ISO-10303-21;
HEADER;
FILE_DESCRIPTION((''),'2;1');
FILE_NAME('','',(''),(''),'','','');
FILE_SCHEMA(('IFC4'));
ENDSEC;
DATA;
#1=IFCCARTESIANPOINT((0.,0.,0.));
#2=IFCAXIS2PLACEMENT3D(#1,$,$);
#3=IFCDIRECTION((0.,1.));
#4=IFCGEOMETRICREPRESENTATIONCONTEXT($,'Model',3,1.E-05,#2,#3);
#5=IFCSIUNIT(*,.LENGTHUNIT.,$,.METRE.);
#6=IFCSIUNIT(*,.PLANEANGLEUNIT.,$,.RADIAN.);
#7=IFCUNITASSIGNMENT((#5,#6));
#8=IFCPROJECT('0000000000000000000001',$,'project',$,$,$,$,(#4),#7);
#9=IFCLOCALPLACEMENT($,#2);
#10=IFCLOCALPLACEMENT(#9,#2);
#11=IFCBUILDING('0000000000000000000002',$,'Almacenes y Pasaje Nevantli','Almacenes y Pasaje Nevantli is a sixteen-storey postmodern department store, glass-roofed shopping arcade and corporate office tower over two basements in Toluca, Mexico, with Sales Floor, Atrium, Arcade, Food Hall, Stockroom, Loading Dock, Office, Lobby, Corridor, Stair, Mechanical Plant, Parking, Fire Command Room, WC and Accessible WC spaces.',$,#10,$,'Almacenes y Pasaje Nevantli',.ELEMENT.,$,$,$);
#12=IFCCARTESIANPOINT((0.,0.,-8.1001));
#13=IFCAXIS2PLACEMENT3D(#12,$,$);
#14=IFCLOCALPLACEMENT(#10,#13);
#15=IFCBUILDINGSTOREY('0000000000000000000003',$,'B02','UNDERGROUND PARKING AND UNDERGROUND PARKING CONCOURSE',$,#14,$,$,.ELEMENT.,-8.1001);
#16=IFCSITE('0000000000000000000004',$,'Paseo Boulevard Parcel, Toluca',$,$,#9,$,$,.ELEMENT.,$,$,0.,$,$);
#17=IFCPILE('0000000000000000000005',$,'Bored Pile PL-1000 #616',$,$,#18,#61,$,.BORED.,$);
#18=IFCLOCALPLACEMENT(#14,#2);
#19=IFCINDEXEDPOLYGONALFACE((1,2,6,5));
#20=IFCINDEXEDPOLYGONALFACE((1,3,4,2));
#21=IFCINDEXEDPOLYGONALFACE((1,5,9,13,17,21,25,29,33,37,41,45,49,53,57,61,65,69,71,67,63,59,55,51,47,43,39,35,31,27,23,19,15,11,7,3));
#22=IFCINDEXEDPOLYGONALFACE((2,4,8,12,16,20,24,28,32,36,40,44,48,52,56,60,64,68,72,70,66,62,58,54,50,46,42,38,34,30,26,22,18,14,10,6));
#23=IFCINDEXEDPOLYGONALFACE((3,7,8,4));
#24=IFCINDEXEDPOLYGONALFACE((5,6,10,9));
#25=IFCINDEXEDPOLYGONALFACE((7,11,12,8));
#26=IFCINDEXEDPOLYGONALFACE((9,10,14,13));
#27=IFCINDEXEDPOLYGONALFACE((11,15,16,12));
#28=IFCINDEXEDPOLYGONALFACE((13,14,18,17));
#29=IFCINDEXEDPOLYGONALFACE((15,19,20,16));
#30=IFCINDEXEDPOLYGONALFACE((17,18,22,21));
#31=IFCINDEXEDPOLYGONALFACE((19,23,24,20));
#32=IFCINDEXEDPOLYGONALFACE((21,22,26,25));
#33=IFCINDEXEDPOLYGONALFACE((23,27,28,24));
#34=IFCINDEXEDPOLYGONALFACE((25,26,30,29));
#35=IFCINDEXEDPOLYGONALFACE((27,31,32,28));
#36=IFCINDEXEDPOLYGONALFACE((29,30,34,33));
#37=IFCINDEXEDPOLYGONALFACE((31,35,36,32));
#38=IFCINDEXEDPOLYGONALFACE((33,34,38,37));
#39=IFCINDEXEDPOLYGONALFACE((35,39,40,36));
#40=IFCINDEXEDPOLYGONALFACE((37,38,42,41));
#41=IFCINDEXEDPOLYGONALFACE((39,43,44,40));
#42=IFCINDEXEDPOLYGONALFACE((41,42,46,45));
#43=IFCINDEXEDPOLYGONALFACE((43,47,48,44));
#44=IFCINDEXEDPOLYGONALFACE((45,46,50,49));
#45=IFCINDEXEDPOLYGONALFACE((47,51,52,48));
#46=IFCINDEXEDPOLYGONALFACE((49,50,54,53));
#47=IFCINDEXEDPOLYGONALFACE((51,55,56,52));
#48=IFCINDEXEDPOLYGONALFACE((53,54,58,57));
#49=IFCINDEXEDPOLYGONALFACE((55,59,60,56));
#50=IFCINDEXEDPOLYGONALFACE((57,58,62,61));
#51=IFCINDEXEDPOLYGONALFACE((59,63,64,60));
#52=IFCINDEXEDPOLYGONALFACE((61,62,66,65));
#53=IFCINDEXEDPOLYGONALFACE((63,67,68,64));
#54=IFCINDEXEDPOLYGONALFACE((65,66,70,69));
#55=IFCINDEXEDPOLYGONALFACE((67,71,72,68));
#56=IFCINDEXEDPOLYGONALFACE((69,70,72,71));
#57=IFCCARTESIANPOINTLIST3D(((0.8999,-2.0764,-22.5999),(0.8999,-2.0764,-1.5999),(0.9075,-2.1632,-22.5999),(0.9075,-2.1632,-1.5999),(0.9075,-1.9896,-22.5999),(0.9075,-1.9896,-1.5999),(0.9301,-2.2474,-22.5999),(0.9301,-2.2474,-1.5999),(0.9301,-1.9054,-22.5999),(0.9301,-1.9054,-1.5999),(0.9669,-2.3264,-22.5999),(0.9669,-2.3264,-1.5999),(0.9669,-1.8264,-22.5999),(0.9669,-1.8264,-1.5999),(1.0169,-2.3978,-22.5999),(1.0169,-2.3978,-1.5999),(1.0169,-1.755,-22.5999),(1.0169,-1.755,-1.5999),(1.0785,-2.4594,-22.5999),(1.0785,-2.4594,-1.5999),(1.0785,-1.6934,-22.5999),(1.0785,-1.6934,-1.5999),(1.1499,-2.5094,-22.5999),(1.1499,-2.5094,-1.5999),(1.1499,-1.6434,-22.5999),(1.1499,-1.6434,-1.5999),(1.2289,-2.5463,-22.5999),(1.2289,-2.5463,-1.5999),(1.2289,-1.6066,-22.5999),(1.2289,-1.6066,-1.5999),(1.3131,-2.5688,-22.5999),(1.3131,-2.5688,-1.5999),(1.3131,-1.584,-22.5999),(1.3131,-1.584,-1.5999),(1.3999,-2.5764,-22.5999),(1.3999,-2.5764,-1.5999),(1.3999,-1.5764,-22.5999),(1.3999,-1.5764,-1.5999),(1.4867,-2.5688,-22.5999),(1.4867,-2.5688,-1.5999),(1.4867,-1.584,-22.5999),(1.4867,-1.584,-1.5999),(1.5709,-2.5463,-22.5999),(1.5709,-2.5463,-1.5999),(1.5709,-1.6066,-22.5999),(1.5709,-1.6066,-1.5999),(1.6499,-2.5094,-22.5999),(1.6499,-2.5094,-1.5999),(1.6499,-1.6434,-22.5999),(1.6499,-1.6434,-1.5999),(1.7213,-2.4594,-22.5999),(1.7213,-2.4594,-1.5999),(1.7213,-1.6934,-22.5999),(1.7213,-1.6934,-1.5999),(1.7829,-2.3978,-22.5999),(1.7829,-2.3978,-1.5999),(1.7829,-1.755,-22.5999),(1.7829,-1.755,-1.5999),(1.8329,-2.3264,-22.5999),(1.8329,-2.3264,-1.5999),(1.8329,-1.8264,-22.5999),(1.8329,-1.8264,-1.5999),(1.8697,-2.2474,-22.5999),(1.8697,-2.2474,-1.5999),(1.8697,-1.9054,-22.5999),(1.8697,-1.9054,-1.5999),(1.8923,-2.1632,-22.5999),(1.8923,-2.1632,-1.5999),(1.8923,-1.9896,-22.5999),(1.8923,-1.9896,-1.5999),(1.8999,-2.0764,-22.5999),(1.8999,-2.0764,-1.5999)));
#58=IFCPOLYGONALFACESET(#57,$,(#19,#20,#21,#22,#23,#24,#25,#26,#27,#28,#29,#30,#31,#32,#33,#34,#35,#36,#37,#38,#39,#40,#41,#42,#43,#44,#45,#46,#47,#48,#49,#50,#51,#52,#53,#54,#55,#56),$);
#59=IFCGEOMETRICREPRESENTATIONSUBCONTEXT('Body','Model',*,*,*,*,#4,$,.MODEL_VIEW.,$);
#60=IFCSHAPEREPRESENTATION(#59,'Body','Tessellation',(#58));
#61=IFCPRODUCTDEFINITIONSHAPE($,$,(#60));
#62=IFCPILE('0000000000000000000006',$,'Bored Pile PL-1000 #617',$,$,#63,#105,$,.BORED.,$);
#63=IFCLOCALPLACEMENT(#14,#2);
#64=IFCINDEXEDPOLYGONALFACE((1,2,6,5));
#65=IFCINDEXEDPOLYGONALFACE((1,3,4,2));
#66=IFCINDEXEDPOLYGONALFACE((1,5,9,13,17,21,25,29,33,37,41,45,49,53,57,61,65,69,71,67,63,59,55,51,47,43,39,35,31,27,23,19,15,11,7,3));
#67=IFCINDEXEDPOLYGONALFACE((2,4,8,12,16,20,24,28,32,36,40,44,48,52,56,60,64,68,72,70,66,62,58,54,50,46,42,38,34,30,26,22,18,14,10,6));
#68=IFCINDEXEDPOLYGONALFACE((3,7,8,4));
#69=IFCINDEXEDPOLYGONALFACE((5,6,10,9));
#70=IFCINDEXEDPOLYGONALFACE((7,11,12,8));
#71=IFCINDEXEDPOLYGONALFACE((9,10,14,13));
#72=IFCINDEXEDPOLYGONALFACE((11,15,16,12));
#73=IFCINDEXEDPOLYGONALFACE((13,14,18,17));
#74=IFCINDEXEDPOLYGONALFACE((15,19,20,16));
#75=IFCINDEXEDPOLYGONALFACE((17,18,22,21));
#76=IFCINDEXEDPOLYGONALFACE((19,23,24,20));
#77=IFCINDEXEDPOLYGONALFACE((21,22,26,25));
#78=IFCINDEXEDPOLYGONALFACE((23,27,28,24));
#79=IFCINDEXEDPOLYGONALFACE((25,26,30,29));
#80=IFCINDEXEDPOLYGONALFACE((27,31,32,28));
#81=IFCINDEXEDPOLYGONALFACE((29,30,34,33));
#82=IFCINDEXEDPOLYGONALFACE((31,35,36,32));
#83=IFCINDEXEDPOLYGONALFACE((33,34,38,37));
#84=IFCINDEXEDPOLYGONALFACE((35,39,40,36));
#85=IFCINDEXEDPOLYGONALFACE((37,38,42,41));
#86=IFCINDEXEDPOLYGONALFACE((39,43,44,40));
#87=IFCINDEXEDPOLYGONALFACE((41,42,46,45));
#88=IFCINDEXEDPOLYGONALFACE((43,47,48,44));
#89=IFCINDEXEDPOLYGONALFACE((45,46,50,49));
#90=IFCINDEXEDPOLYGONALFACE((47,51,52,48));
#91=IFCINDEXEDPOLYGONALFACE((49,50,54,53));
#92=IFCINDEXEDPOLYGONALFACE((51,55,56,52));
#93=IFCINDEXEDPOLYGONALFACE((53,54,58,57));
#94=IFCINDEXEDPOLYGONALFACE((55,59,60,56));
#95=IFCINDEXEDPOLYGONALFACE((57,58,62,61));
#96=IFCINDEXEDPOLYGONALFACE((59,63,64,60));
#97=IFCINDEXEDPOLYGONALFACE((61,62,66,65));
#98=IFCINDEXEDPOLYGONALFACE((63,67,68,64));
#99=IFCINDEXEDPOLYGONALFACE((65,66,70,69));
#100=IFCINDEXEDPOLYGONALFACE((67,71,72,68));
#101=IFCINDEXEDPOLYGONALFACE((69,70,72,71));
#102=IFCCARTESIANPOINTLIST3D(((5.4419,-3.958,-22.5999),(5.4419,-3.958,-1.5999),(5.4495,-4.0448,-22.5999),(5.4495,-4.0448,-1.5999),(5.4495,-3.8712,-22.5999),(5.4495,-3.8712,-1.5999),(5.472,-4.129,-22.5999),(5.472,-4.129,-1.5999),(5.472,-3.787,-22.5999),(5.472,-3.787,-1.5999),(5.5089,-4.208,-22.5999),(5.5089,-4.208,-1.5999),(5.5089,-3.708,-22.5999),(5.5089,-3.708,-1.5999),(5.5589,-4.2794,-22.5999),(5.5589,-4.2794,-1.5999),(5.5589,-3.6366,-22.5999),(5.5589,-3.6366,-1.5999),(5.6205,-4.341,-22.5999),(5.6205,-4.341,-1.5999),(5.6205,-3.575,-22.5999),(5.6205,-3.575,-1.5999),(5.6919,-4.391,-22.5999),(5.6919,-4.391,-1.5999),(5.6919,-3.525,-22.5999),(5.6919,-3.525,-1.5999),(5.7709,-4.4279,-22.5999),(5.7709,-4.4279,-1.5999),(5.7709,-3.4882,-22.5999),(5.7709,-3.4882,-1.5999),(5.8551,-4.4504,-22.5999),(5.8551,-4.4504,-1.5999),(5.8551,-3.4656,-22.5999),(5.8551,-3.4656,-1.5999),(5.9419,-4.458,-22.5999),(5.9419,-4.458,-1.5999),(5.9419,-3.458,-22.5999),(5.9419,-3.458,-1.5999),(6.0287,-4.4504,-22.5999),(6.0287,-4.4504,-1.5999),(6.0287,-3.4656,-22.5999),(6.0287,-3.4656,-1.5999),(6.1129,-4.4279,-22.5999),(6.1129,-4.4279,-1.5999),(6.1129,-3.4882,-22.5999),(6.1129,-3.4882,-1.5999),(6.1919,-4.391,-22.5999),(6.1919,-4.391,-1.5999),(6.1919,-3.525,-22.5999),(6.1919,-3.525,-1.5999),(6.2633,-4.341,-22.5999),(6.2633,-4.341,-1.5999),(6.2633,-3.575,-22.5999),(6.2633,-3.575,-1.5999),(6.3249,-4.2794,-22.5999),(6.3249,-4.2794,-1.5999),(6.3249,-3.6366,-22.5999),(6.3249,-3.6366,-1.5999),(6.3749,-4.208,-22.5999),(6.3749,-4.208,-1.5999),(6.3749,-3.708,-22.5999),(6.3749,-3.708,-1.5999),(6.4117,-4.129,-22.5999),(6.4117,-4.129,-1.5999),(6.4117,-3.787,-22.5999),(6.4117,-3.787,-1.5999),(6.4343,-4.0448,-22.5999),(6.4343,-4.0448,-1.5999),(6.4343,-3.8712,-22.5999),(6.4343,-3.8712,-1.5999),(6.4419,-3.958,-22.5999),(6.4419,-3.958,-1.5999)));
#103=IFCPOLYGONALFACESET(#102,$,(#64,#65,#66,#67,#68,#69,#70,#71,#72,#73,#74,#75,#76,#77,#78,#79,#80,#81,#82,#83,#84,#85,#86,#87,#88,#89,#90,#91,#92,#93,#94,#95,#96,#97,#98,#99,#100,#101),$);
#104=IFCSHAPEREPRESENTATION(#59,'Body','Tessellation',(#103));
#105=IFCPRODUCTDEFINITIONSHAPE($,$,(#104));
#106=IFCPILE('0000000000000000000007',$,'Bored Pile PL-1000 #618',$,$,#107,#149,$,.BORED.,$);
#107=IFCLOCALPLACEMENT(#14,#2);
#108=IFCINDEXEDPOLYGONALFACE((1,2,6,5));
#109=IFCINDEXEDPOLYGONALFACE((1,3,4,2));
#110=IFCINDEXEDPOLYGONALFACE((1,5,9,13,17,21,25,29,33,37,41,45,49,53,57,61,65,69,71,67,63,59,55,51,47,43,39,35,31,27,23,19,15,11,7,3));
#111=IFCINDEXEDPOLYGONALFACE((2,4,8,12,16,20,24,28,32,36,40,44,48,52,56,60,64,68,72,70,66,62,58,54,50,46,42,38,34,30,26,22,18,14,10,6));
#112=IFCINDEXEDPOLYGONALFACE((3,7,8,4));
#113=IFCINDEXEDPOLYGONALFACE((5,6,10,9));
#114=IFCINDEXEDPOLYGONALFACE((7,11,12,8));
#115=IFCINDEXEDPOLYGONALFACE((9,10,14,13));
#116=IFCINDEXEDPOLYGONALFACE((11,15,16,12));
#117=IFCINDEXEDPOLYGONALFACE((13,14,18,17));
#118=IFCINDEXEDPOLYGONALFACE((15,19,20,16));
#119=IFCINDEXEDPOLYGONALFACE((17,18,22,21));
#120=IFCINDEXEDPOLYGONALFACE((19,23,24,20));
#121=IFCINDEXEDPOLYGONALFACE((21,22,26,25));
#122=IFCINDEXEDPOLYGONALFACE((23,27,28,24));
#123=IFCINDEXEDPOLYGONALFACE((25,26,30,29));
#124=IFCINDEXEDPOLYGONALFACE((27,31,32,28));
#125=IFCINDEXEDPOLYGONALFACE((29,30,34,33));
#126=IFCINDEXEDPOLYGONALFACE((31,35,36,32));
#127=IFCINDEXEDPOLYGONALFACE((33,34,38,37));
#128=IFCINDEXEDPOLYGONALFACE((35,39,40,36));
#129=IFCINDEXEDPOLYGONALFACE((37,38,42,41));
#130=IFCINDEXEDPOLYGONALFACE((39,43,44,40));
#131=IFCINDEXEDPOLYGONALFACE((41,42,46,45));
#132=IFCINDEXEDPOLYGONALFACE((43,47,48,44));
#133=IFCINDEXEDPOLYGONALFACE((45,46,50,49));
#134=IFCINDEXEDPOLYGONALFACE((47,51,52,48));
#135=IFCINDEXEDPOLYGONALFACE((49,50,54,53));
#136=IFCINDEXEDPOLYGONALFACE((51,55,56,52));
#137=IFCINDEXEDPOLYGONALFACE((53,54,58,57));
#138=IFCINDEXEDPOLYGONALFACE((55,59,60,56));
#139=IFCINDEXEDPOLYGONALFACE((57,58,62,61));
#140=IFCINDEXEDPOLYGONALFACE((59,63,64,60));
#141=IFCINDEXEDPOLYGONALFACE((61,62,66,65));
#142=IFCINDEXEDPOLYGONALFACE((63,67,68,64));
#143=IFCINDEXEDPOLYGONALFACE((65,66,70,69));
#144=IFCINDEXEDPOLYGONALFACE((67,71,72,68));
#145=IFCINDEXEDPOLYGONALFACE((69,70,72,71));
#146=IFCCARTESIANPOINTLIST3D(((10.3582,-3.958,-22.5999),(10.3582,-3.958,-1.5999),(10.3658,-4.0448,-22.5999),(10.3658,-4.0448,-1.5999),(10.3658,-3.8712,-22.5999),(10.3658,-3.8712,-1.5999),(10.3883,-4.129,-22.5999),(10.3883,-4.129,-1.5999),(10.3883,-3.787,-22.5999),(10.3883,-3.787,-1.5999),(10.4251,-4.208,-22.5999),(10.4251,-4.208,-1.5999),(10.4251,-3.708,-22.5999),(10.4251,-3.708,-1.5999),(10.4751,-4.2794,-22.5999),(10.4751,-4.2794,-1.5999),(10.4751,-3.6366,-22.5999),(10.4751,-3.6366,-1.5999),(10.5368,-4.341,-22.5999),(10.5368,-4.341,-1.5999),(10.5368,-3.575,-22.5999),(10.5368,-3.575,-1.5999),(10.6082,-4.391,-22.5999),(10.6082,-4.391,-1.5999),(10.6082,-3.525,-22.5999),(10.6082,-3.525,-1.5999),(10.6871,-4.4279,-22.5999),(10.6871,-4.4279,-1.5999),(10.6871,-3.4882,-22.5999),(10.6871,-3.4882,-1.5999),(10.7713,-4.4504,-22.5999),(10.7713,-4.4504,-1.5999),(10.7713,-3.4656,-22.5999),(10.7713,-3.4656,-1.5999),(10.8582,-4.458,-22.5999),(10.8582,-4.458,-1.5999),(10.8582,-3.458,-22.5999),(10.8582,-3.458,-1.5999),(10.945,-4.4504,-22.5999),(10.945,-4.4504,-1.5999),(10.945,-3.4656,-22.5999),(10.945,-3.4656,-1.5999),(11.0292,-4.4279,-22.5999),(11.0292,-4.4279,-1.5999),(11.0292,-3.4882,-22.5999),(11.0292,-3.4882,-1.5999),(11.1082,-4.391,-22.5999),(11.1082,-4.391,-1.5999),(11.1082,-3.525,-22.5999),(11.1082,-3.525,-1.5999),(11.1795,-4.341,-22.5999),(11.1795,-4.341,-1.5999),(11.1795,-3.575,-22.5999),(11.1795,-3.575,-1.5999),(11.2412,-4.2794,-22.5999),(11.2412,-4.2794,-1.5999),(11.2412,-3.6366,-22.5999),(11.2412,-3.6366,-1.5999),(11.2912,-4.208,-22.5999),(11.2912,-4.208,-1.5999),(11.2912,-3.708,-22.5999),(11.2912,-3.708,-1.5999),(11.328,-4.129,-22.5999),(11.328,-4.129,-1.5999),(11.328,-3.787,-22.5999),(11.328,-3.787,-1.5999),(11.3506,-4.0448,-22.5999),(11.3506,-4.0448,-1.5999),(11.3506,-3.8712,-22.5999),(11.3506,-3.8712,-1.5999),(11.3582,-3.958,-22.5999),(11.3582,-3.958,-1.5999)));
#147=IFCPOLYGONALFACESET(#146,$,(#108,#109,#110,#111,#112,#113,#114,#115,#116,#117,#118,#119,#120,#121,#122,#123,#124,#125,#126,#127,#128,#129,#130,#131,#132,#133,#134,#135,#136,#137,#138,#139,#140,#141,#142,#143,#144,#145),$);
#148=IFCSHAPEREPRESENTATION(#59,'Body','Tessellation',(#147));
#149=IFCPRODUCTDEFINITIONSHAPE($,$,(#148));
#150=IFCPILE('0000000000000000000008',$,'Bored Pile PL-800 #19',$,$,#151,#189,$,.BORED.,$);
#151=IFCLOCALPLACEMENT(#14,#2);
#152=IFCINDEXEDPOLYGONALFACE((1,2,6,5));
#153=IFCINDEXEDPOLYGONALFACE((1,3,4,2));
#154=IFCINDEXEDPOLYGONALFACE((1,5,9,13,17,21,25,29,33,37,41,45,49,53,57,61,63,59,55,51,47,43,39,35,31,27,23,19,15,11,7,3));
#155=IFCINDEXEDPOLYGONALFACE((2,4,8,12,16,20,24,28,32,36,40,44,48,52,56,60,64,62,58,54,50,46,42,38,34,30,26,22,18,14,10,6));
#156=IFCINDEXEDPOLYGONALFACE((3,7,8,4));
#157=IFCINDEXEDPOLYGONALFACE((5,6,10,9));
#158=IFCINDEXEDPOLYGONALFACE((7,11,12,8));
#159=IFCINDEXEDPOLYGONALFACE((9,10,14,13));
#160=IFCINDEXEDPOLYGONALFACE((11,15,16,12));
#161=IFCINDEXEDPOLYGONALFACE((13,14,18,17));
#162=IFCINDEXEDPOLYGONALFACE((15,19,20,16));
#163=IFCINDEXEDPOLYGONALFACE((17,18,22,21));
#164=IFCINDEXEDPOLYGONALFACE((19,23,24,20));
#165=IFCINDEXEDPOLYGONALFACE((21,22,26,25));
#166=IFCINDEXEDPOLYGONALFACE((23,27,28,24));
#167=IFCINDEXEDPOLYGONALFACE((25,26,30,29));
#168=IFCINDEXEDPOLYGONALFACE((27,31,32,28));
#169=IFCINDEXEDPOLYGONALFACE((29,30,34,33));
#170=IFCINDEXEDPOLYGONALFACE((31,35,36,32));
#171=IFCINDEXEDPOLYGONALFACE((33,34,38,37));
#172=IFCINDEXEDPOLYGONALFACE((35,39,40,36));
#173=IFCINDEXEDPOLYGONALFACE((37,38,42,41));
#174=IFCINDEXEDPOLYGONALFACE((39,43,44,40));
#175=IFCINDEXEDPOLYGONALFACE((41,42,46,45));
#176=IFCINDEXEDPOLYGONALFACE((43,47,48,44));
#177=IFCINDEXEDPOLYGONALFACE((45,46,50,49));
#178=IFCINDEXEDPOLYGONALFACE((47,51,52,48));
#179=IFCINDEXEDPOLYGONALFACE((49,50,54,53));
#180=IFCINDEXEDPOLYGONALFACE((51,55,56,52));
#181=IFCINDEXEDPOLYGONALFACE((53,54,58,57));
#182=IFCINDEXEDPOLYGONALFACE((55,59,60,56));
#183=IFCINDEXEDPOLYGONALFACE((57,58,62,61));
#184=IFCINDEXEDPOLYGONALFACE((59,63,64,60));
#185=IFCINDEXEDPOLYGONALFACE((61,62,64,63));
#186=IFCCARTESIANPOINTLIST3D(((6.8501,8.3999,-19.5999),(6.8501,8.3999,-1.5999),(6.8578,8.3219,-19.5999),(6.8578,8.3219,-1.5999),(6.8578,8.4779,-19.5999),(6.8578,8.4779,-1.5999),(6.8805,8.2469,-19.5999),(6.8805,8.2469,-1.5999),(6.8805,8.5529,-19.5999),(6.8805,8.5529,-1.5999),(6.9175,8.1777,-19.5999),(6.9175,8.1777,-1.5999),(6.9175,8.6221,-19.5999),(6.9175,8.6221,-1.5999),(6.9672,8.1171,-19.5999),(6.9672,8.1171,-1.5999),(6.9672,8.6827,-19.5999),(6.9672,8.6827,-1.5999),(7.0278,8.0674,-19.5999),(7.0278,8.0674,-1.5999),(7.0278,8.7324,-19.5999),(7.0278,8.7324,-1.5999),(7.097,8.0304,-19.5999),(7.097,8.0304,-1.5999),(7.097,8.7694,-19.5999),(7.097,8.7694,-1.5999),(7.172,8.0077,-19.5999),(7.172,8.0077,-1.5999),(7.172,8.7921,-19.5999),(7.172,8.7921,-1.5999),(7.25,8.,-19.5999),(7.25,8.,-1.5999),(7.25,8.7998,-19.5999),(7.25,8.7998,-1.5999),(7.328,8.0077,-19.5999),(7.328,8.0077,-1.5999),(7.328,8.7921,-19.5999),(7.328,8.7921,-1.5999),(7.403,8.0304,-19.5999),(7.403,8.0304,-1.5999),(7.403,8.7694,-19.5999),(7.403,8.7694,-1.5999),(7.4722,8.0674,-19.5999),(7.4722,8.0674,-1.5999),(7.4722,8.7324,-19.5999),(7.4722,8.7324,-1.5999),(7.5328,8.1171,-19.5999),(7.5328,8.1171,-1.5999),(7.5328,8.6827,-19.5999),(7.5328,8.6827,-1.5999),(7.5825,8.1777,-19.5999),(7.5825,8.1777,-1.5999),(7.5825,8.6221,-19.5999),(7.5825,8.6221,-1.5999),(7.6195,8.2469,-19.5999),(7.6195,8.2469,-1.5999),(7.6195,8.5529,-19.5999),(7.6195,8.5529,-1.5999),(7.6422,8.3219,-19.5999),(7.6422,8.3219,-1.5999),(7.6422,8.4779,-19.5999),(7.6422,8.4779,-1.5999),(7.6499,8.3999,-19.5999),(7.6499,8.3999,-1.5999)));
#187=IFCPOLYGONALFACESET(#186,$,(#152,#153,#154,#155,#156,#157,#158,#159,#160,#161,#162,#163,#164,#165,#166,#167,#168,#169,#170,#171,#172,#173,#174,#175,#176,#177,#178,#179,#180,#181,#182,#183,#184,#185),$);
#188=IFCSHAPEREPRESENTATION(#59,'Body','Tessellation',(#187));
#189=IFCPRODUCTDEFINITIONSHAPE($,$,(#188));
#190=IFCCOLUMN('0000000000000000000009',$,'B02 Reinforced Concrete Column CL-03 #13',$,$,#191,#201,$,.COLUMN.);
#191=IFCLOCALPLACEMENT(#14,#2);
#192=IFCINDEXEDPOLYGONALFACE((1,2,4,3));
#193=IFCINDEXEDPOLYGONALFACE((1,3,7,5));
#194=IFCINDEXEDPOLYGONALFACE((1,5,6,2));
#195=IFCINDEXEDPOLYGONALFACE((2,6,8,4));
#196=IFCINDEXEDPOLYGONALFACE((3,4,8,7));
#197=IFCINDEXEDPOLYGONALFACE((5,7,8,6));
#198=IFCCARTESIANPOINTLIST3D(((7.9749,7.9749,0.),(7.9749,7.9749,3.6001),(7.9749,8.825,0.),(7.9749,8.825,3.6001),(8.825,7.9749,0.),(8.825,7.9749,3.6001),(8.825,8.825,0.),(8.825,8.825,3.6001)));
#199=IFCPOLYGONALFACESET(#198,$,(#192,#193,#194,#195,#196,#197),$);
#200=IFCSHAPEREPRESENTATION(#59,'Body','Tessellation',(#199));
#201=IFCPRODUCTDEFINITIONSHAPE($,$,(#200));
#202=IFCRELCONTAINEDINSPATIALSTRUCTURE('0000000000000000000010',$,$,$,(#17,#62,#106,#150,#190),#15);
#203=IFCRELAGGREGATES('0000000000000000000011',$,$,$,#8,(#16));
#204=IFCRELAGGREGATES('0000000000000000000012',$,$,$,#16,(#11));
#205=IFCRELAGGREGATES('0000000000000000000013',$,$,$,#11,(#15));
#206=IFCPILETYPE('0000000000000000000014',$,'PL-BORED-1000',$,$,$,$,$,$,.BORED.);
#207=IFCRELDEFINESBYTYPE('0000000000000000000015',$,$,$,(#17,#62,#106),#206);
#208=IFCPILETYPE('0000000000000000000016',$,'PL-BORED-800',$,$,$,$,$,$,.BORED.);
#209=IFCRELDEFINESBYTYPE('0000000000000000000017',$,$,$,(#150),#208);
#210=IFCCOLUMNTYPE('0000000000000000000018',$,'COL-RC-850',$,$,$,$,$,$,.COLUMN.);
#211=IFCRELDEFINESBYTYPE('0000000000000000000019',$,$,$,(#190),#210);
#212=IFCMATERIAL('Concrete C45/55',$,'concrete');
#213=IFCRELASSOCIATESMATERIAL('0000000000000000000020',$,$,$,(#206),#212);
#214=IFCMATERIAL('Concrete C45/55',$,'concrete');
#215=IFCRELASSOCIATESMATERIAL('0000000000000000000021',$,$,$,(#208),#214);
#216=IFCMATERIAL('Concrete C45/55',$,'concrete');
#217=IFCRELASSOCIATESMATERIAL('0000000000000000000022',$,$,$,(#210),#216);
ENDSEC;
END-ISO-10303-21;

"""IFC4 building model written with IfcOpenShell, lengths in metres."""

from ifc_helpers import new_model, si_unit, direction, frame, origin, origin_2d, place, context, subcontext, project, spatial, rectangle, circle, extrude, material, material_profile, profile_set, type_object, element, save


model = new_model("IFC4")

# Units and contexts
model_context = context("Model", 3, precision=1e-05, world=origin(), true_north=direction((0.0, 1.0)))
body_context = subcontext(model_context, "Body", "Model", "MODEL_VIEW")
ifc_project = project(units=[si_unit("LENGTHUNIT", "METRE"), si_unit("PLANEANGLEUNIT", "RADIAN")], contexts=[model_context])

# Site, building, storey
site_placement = place(None, origin())
site = spatial("IfcSite", under=ifc_project, at=site_placement, Name="Paseo Boulevard Parcel, Toluca", CompositionType="ELEMENT", RefElevation=0.0)
building_placement = place(site_placement, origin())
building = spatial("IfcBuilding", under=site, at=building_placement, Name="Almacenes y Pasaje Nevantli", Description="Almacenes y Pasaje Nevantli is a sixteen-storey postmodern department store, glass-roofed shopping arcade and corporate office tower over two basements in Toluca, Mexico, with Sales Floor, Atrium, Arcade, Food Hall, Stockroom, Loading Dock, Office, Lobby, Corridor, Stair, Mechanical Plant, Parking, Fire Command Room, WC and Accessible WC spaces.", LongName="Almacenes y Pasaje Nevantli", CompositionType="ELEMENT")
storey_placement = place(building_placement, frame((0.0, 0.0, -8.1001)))
storey = spatial("IfcBuildingStorey", under=building, at=storey_placement, Name="B02", Description="UNDERGROUND PARKING AND UNDERGROUND PARKING CONCOURSE", CompositionType="ELEMENT", Elevation=-8.1001)

# Piles
ifc_material_1 = material(Name="Concrete C45/55", Category="concrete")
ifc_material_profile_1 = material_profile(ifc_material_1, circle(Radius=0.5, at=origin_2d()), Name="RC-PILE-D1000")
ifc_profile_set_1 = profile_set([ifc_material_profile_1], Name="Concrete C45/55")
pile_type_1 = type_object("IfcPileType", Name="PL-BORED-1000", PredefinedType="BORED", material=ifc_profile_set_1)
for number, where, z_axis, x_axis, name in (
    (1, (1.3999, -2.0764, -1.5999), (0.0, 0.0, -1.0), (1.0, 0.0, 0.0), "Bored Pile PL-1000 #616"),
    (2, (5.9419, -3.958, -1.5999), (0.0, 0.0, -1.0), (1.0, 0.0, 0.0), "Bored Pile PL-1000 #617"),
    (3, (10.8582, -3.958, -1.5999), (0.0, 0.0, -1.0), (1.0, 0.0, 0.0), "Bored Pile PL-1000 #618"),
):
    element("IfcPile", number, at=place(storey_placement, frame(where, z_axis=z_axis, x_axis=x_axis)), inside=storey, type_object=pile_type_1, Name=name, PredefinedType="BORED", context=body_context, shape_type="SweptSolid", body=[
        extrude(circle(Radius=0.5, at=origin_2d()), origin(), (0.0, 0.0, 1.0), 21.0),
    ])
ifc_material_2 = material(Name="Concrete C45/55", Category="concrete")
ifc_material_profile_2 = material_profile(ifc_material_2, circle(Radius=0.3999, at=origin_2d()), Name="RC-PILE-D800")
ifc_profile_set_2 = profile_set([ifc_material_profile_2], Name="Concrete C45/55")
pile_type_2 = type_object("IfcPileType", Name="PL-BORED-800", PredefinedType="BORED", material=ifc_profile_set_2)
pile_placement = place(storey_placement, frame((7.25, 8.3999, -1.5999), z_axis=(0.0, 0.0, -1.0), x_axis=(1.0, 0.0, 0.0)))
element("IfcPile", 4, at=pile_placement, inside=storey, type_object=pile_type_2, Name="Bored Pile PL-800 #19", PredefinedType="BORED", context=body_context, shape_type="SweptSolid", body=[
    extrude(circle(Radius=0.3999, at=origin_2d()), origin(), (0.0, 0.0, 1.0), 18.0),
])

# Column
ifc_material_3 = material(Name="Concrete C45/55", Category="concrete")
ifc_material_profile_3 = material_profile(ifc_material_3, rectangle(XDim=0.8501, YDim=0.8501, at=origin_2d()), Name="RC-COL-850x850")
ifc_profile_set_3 = profile_set([ifc_material_profile_3], Name="Concrete C45/55")
column_type_1 = type_object("IfcColumnType", Name="COL-RC-850", PredefinedType="COLUMN", material=ifc_profile_set_3)
column_placement = place(storey_placement, frame((8.3999, 8.3999, 0.0), z_axis=(0.0, 0.0, 1.0), x_axis=(1.0, 0.0, 0.0)))
element("IfcColumn", 5, at=column_placement, inside=storey, type_object=column_type_1, Name="B02 Reinforced Concrete Column CL-03 #13", PredefinedType="COLUMN", context=body_context, shape_type="SweptSolid", body=[
    extrude(rectangle(XDim=0.8501, YDim=0.8501, at=origin_2d()), origin(), (0.0, 0.0, 1.0), 3.6001),
])

save(model, "model.ifc")
